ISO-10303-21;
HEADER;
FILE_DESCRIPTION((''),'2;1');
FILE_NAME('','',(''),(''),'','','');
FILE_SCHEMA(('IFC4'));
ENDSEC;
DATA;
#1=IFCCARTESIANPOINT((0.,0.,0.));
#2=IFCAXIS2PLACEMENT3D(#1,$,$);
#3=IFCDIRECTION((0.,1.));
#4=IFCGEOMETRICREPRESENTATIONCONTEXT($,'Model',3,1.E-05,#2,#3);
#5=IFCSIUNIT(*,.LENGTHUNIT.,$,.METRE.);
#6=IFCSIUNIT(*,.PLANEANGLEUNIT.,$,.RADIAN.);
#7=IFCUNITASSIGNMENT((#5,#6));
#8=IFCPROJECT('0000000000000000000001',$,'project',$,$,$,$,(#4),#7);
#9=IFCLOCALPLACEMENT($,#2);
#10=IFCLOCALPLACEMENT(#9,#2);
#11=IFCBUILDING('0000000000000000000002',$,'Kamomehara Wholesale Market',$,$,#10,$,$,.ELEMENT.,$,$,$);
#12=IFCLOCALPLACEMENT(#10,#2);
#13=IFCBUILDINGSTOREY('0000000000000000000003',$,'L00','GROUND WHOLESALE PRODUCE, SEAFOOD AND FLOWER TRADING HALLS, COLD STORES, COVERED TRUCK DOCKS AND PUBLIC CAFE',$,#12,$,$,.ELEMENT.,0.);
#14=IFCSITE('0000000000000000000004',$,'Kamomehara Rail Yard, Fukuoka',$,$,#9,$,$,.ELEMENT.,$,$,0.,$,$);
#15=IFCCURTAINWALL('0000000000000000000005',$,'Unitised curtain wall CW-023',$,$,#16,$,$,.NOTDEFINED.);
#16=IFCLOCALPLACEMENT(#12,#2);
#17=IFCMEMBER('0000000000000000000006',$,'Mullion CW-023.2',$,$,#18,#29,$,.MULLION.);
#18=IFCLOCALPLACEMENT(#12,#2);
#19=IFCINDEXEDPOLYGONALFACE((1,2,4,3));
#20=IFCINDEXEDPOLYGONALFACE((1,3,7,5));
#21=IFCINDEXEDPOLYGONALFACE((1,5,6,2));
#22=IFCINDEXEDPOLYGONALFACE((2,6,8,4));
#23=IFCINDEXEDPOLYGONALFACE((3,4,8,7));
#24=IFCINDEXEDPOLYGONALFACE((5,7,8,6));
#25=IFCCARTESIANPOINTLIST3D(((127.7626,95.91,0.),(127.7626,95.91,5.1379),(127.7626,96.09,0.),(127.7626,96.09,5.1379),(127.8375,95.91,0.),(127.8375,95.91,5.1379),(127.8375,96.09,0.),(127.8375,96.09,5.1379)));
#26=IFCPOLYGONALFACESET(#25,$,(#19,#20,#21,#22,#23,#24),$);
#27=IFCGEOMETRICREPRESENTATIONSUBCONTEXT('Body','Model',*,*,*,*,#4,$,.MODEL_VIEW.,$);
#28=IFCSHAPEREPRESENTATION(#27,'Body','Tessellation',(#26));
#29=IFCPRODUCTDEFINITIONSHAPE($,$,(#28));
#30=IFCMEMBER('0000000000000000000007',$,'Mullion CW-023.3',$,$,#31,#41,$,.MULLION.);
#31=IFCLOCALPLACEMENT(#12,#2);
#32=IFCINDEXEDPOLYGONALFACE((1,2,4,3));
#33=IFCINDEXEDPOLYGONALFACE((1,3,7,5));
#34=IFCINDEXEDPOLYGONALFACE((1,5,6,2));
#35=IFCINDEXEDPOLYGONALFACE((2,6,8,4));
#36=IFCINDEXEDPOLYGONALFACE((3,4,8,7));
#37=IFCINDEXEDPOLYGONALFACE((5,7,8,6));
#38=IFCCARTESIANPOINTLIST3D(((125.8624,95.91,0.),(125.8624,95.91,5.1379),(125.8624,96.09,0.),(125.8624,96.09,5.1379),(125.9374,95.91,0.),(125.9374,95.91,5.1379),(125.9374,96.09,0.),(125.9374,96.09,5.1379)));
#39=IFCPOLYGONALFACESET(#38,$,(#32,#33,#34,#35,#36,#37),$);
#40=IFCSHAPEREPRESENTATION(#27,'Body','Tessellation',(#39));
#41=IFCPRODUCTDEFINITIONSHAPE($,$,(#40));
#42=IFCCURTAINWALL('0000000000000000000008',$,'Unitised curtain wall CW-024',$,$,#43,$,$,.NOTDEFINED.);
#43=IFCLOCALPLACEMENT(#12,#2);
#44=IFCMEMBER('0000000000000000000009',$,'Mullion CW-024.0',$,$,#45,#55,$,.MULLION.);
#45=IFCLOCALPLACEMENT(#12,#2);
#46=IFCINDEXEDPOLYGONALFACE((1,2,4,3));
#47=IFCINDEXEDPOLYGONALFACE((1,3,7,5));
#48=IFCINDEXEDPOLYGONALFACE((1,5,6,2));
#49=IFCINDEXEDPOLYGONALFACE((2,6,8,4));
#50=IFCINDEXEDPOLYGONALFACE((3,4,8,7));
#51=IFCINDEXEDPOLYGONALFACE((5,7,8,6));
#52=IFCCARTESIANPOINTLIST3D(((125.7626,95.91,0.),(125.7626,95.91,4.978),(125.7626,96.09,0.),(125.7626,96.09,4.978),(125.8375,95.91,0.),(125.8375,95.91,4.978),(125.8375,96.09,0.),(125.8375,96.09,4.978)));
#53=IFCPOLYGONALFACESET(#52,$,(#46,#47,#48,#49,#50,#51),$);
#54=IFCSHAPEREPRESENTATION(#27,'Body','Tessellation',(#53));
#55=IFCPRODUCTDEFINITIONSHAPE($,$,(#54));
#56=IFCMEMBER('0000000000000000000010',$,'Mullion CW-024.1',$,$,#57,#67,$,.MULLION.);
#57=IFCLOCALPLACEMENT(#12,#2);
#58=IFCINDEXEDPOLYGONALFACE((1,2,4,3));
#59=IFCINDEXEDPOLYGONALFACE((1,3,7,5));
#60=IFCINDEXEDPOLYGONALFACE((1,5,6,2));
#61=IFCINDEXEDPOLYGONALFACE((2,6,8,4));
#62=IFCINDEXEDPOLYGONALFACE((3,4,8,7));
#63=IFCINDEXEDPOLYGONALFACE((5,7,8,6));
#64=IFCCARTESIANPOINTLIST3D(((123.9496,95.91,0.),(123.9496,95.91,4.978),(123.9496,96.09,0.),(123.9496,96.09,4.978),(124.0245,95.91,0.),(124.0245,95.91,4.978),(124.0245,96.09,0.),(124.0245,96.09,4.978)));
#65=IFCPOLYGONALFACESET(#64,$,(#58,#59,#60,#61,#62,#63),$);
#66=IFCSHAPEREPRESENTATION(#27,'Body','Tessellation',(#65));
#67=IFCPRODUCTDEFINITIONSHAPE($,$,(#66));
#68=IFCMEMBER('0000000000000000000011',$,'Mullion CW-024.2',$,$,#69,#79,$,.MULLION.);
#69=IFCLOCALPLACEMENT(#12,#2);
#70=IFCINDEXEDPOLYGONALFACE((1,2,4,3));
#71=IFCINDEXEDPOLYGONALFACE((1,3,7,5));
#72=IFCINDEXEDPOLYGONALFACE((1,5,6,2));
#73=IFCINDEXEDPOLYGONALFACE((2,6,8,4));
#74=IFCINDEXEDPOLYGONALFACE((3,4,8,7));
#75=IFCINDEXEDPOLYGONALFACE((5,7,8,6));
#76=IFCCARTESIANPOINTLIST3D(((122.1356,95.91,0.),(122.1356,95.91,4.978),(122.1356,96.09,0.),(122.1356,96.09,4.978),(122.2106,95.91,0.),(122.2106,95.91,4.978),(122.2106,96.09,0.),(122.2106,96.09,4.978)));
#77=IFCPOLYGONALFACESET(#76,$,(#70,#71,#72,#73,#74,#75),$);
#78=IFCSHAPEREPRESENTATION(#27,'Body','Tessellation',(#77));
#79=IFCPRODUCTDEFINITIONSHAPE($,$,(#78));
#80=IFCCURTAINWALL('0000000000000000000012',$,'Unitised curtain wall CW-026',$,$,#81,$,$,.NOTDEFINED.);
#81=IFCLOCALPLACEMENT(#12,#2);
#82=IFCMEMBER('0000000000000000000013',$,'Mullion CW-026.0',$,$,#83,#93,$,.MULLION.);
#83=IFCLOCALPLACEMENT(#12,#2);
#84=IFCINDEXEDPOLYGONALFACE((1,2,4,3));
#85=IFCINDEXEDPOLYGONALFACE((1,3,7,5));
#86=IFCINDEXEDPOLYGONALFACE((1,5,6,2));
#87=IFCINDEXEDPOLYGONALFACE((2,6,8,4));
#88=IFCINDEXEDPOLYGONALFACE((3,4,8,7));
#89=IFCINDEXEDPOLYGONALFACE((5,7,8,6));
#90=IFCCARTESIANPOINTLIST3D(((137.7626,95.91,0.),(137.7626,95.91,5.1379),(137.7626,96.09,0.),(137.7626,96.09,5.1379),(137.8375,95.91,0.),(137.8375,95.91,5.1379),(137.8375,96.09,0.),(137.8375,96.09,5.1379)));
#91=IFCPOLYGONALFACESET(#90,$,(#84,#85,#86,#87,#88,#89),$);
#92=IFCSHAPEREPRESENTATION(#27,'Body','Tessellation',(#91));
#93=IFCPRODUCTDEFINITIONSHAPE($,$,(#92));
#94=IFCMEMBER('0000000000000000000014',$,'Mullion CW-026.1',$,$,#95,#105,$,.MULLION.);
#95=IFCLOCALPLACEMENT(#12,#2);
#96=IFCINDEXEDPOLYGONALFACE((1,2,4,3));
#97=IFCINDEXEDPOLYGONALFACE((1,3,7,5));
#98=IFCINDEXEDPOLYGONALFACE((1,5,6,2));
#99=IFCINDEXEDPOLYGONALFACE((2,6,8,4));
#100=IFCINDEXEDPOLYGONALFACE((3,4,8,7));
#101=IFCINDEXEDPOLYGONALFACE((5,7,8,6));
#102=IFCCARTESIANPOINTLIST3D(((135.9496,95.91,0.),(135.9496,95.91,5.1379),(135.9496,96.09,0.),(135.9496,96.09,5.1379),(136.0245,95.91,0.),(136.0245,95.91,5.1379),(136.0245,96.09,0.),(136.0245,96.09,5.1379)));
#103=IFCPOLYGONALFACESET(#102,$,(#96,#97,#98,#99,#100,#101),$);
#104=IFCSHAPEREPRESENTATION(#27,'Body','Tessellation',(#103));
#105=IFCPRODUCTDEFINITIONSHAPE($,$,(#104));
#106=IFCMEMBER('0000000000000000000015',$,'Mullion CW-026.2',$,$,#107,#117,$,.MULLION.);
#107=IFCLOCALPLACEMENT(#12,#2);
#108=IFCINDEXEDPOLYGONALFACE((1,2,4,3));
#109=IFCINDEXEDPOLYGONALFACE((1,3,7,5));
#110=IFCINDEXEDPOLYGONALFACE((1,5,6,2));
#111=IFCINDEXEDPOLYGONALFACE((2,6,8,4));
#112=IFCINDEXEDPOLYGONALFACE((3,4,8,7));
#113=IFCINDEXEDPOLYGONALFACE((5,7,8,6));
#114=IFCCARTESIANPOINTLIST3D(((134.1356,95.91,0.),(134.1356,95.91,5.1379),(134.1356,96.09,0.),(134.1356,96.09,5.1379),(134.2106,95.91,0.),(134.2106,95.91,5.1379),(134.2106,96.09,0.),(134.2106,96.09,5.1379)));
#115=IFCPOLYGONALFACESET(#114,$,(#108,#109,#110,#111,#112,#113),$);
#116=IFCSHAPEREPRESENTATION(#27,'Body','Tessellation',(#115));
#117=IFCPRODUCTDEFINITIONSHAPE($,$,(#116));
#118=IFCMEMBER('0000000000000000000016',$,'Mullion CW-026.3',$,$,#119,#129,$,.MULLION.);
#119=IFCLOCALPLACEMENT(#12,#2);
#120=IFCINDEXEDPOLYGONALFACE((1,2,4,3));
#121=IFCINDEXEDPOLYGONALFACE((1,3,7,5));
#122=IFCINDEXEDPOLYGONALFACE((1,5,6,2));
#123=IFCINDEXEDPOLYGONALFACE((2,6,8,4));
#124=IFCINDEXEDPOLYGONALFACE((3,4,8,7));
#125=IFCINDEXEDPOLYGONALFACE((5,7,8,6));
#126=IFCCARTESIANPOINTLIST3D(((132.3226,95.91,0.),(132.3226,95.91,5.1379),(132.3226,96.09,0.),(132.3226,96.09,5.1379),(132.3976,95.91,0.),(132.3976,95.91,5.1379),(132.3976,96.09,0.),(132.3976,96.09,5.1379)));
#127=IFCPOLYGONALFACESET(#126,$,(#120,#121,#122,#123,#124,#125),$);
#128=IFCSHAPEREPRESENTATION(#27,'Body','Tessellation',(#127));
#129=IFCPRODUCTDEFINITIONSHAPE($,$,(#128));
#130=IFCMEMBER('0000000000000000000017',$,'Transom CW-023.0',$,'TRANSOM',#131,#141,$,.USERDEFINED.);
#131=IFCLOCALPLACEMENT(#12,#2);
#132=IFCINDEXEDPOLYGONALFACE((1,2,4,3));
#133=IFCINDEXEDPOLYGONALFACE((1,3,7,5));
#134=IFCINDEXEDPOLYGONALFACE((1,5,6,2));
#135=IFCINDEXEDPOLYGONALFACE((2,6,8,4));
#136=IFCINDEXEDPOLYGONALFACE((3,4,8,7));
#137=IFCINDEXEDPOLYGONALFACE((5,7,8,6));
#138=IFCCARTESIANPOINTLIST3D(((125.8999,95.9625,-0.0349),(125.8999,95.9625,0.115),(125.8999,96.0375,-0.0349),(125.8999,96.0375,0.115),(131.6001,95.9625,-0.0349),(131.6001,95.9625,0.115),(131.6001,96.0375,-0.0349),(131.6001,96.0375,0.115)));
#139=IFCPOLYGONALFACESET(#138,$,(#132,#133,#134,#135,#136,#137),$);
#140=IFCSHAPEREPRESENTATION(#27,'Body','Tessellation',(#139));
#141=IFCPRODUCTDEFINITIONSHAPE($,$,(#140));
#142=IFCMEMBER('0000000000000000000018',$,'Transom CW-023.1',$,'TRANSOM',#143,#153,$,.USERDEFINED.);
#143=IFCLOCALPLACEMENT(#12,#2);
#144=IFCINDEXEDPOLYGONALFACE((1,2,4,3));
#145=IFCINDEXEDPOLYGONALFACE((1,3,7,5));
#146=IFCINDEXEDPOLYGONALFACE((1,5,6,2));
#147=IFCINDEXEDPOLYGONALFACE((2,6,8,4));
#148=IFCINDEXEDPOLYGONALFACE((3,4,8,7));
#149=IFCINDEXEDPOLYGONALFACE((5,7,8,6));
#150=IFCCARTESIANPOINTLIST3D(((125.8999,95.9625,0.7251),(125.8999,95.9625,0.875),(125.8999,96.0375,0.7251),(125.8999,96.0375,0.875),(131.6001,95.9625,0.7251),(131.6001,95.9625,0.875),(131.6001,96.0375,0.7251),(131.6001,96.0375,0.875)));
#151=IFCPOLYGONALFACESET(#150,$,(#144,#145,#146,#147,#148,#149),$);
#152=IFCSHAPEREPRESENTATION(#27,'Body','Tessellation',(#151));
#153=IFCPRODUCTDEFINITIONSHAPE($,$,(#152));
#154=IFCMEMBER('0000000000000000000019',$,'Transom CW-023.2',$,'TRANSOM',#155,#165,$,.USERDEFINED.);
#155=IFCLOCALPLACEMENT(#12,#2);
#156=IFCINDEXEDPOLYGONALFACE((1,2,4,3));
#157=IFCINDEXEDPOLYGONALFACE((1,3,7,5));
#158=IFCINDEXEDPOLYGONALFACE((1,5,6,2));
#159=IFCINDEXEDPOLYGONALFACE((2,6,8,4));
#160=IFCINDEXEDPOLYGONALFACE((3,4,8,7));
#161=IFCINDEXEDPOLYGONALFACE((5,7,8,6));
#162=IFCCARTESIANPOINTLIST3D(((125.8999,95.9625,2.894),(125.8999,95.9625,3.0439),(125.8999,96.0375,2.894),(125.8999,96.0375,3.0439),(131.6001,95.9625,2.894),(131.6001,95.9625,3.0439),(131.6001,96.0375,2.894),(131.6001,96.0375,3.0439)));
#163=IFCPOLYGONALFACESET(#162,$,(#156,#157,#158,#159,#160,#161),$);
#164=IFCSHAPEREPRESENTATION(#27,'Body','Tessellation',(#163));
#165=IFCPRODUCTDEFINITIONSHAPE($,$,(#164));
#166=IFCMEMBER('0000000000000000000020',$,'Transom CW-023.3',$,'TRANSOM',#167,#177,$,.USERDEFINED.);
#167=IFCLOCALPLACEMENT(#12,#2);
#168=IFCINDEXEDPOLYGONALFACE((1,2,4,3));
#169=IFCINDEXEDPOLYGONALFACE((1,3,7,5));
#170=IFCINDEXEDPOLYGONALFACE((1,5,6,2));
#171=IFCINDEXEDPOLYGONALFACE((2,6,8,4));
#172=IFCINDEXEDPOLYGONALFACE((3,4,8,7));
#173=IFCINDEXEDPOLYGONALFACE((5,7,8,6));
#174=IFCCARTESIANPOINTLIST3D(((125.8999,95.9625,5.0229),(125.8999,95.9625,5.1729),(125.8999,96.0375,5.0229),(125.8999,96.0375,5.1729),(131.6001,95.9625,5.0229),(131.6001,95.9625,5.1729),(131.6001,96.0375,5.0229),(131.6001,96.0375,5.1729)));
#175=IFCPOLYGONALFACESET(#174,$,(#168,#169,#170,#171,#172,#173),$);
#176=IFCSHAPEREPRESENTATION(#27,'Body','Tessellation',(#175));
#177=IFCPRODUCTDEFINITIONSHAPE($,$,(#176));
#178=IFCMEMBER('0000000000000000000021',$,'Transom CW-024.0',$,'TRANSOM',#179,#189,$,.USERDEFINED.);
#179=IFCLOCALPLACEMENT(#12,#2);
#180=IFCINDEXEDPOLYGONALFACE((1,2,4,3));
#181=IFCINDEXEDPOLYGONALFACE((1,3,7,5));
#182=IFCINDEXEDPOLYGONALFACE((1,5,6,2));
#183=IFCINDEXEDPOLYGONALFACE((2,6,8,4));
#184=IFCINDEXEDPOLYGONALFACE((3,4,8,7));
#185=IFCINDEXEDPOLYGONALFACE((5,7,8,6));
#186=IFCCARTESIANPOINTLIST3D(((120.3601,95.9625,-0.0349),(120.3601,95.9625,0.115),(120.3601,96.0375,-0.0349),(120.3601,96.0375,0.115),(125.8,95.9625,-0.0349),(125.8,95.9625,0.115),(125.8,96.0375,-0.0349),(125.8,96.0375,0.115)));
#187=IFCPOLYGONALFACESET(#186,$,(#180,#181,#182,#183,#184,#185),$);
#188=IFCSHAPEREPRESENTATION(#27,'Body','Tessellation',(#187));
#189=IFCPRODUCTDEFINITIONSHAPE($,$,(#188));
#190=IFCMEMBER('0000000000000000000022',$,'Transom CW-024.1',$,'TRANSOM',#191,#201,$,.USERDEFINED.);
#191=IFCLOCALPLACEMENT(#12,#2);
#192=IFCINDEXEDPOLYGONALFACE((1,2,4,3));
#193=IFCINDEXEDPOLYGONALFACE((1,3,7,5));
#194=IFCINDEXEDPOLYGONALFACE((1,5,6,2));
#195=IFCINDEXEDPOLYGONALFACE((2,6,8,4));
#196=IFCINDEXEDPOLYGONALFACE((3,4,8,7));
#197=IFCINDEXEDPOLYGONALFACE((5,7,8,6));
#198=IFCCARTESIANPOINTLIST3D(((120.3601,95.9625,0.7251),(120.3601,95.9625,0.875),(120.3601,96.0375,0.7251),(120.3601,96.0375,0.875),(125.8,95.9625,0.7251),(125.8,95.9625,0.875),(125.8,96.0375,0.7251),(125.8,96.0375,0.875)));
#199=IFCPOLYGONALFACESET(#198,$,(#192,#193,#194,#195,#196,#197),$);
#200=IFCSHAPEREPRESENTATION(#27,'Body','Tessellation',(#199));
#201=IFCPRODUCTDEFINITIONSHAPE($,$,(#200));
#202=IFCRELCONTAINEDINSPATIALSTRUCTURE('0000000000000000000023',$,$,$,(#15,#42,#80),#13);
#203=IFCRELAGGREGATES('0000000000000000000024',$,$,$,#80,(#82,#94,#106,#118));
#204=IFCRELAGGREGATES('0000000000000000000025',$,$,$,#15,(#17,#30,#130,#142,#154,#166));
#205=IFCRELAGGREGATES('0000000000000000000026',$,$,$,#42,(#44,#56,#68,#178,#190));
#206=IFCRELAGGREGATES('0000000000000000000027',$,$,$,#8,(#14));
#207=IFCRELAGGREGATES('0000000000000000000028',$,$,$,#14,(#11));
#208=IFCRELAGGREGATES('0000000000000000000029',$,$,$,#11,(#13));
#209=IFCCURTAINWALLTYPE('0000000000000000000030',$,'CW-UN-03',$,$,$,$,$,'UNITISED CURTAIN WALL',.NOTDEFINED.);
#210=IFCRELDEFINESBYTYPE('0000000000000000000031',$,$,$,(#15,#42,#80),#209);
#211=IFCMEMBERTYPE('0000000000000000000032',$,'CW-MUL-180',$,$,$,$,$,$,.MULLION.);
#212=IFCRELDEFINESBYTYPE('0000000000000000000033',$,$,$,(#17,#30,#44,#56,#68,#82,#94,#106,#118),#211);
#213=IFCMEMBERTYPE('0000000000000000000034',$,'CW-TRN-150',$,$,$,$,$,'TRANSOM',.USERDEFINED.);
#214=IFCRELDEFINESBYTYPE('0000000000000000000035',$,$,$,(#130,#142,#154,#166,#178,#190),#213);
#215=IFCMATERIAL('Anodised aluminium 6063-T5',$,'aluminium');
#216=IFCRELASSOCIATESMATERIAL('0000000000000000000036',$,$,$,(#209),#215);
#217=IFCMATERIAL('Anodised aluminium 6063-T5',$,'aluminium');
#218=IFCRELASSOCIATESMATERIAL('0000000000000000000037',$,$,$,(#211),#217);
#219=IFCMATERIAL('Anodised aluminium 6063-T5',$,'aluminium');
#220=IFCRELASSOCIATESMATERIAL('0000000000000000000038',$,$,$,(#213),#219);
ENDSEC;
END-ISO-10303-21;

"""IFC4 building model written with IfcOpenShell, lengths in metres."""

from ifc_helpers import new_model, si_unit, direction, frame, origin, origin_2d, place, context, subcontext, project, spatial, rectangle, extrude, material, material_profile, profile_set, type_object, element, aggregate, save


model = new_model("IFC4")

# Units and contexts
model_context = context("Model", 3, precision=1e-05, world=origin(), true_north=direction((0.0, 1.0)))
body_context = subcontext(model_context, "Body", "Model", "MODEL_VIEW")
ifc_project = project(units=[si_unit("LENGTHUNIT", "METRE"), si_unit("PLANEANGLEUNIT", "RADIAN")], contexts=[model_context])

# Site, building, storey
site_placement = place(None, origin())
site = spatial("IfcSite", under=ifc_project, at=site_placement, Name="Kamomehara Rail Yard, Fukuoka", CompositionType="ELEMENT", RefElevation=0.0)
building_placement = place(site_placement, origin())
building = spatial("IfcBuilding", under=site, at=building_placement, Name="Kamomehara Wholesale Market", CompositionType="ELEMENT")
storey_placement = place(building_placement, origin())
storey = spatial("IfcBuildingStorey", under=building, at=storey_placement, Name="L00", Description="GROUND WHOLESALE PRODUCE, SEAFOOD AND FLOWER TRADING HALLS, COLD STORES, COVERED TRUCK DOCKS AND PUBLIC CAFE", CompositionType="ELEMENT", Elevation=0.0)

# Curtain walls, members
ifc_material_1 = material(Name="Anodised aluminium 6063-T5", Category="aluminium")
curtain_wall_type = type_object("IfcCurtainWallType", Name="CW-UN-03", ElementType="UNITISED CURTAIN WALL", PredefinedType="NOTDEFINED", material=ifc_material_1)
curtain_wall_1_placement = place(storey_placement, origin())
curtain_wall_1 = element("IfcCurtainWall", 1, at=curtain_wall_1_placement, inside=storey, type_object=curtain_wall_type, Name="Unitised curtain wall CW-023", PredefinedType="NOTDEFINED")
ifc_material_2 = material(Name="Anodised aluminium 6063-T5", Category="aluminium")
ifc_material_profile_1 = material_profile(ifc_material_2, rectangle(XDim=0.075, YDim=0.1799, at=origin_2d()), Name="ALU-MUL-75x180")
ifc_profile_set_1 = profile_set([ifc_material_profile_1], Name="Anodised aluminium 6063-T5")
member_type_1 = type_object("IfcMemberType", Name="CW-MUL-180", PredefinedType="MULLION", material=ifc_profile_set_1)
member_1_placement = place(storey_placement, frame((127.8, 96.0, 0.0), z_axis=(0.0, 0.0, 1.0), x_axis=(-1.0, 0.0, 0.0)))
member_1 = element("IfcMember", 2, at=member_1_placement, type_object=member_type_1, Name="Mullion CW-023.2", PredefinedType="MULLION", context=body_context, shape_type="SweptSolid", body=[
    extrude(rectangle(XDim=0.075, YDim=0.1799, at=origin_2d()), origin(), (0.0, 0.0, 1.0), 5.1379),
])
member_2_placement = place(storey_placement, frame((125.8999, 96.0, 0.0), z_axis=(0.0, 0.0, 1.0), x_axis=(-1.0, 0.0, 0.0)))
member_2 = element("IfcMember", 3, at=member_2_placement, type_object=member_type_1, Name="Mullion CW-023.3", PredefinedType="MULLION", context=body_context, shape_type="SweptSolid", body=[
    extrude(rectangle(XDim=0.075, YDim=0.1799, at=origin_2d()), origin(), (0.0, 0.0, 1.0), 5.1379),
])
curtain_wall_2_placement = place(storey_placement, origin())
curtain_wall_2 = element("IfcCurtainWall", 4, at=curtain_wall_2_placement, inside=storey, type_object=curtain_wall_type, Name="Unitised curtain wall CW-024", PredefinedType="NOTDEFINED")
member_3_placement = place(storey_placement, frame((125.8, 96.0, 0.0), z_axis=(0.0, 0.0, 1.0), x_axis=(-1.0, 0.0, 0.0)))
member_3 = element("IfcMember", 5, at=member_3_placement, type_object=member_type_1, Name="Mullion CW-024.0", PredefinedType="MULLION", context=body_context, shape_type="SweptSolid", body=[
    extrude(rectangle(XDim=0.075, YDim=0.1799, at=origin_2d()), origin(), (0.0, 0.0, 1.0), 4.978),
])
member_4_placement = place(storey_placement, frame((123.9871, 96.0, 0.0), z_axis=(0.0, 0.0, 1.0), x_axis=(-1.0, 0.0, 0.0)))
member_4 = element("IfcMember", 6, at=member_4_placement, type_object=member_type_1, Name="Mullion CW-024.1", PredefinedType="MULLION", context=body_context, shape_type="SweptSolid", body=[
    extrude(rectangle(XDim=0.075, YDim=0.1799, at=origin_2d()), origin(), (0.0, 0.0, 1.0), 4.978),
])
member_5_placement = place(storey_placement, frame((122.1731, 96.0, 0.0), z_axis=(0.0, 0.0, 1.0), x_axis=(-1.0, 0.0, 0.0)))
member_5 = element("IfcMember", 7, at=member_5_placement, type_object=member_type_1, Name="Mullion CW-024.2", PredefinedType="MULLION", context=body_context, shape_type="SweptSolid", body=[
    extrude(rectangle(XDim=0.075, YDim=0.1799, at=origin_2d()), origin(), (0.0, 0.0, 1.0), 4.978),
])
curtain_wall_3_placement = place(storey_placement, origin())
curtain_wall_3 = element("IfcCurtainWall", 8, at=curtain_wall_3_placement, inside=storey, type_object=curtain_wall_type, Name="Unitised curtain wall CW-026", PredefinedType="NOTDEFINED")
member_6_placement = place(storey_placement, frame((137.8, 96.0, 0.0), z_axis=(0.0, 0.0, 1.0), x_axis=(-1.0, 0.0, 0.0)))
member_6 = element("IfcMember", 9, at=member_6_placement, type_object=member_type_1, Name="Mullion CW-026.0", PredefinedType="MULLION", context=body_context, shape_type="SweptSolid", body=[
    extrude(rectangle(XDim=0.075, YDim=0.1799, at=origin_2d()), origin(), (0.0, 0.0, 1.0), 5.1379),
])
member_7_placement = place(storey_placement, frame((135.9871, 96.0, 0.0), z_axis=(0.0, 0.0, 1.0), x_axis=(-1.0, 0.0, 0.0)))
member_7 = element("IfcMember", 10, at=member_7_placement, type_object=member_type_1, Name="Mullion CW-026.1", PredefinedType="MULLION", context=body_context, shape_type="SweptSolid", body=[
    extrude(rectangle(XDim=0.075, YDim=0.1799, at=origin_2d()), origin(), (0.0, 0.0, 1.0), 5.1379),
])
member_8_placement = place(storey_placement, frame((134.1731, 96.0, 0.0), z_axis=(0.0, 0.0, 1.0), x_axis=(-1.0, 0.0, 0.0)))
member_8 = element("IfcMember", 11, at=member_8_placement, type_object=member_type_1, Name="Mullion CW-026.2", PredefinedType="MULLION", context=body_context, shape_type="SweptSolid", body=[
    extrude(rectangle(XDim=0.075, YDim=0.1799, at=origin_2d()), origin(), (0.0, 0.0, 1.0), 5.1379),
])
member_9_placement = place(storey_placement, frame((132.3601, 96.0, 0.0), z_axis=(0.0, 0.0, 1.0), x_axis=(-1.0, 0.0, 0.0)))
member_9 = element("IfcMember", 12, at=member_9_placement, type_object=member_type_1, Name="Mullion CW-026.3", PredefinedType="MULLION", context=body_context, shape_type="SweptSolid", body=[
    extrude(rectangle(XDim=0.075, YDim=0.1799, at=origin_2d()), origin(), (0.0, 0.0, 1.0), 5.1379),
])
aggregate(curtain_wall_3, [member_6, member_7, member_8, member_9])

# Members
ifc_material_3 = material(Name="Anodised aluminium 6063-T5", Category="aluminium")
ifc_material_profile_2 = material_profile(ifc_material_3, rectangle(XDim=0.075, YDim=0.1499, at=origin_2d()), Name="ALU-TRN-75x150")
ifc_profile_set_2 = profile_set([ifc_material_profile_2], Name="Anodised aluminium 6063-T5")
member_type_2 = type_object("IfcMemberType", Name="CW-TRN-150", ElementType="TRANSOM", PredefinedType="USERDEFINED", material=ifc_profile_set_2)
member_10_placement = place(storey_placement, frame((131.6001, 96.0, 0.04), z_axis=(-1.0, 0.0, 0.0), x_axis=(0.0, -1.0, 0.0)))
member_10 = element("IfcMember", 13, at=member_10_placement, type_object=member_type_2, Name="Transom CW-023.0", ObjectType="TRANSOM", PredefinedType="USERDEFINED", context=body_context, shape_type="SweptSolid", body=[
    extrude(rectangle(XDim=0.075, YDim=0.1499, at=origin_2d()), origin(), (0.0, 0.0, 1.0), 5.7002),
])
member_11_placement = place(storey_placement, frame((131.6001, 96.0, 0.8), z_axis=(-1.0, 0.0, 0.0), x_axis=(0.0, -1.0, 0.0)))
member_11 = element("IfcMember", 14, at=member_11_placement, type_object=member_type_2, Name="Transom CW-023.1", ObjectType="TRANSOM", PredefinedType="USERDEFINED", context=body_context, shape_type="SweptSolid", body=[
    extrude(rectangle(XDim=0.075, YDim=0.1499, at=origin_2d()), origin(), (0.0, 0.0, 1.0), 5.7002),
])
member_12_placement = place(storey_placement, frame((131.6001, 96.0, 2.969), z_axis=(-1.0, 0.0, 0.0), x_axis=(0.0, -1.0, 0.0)))
member_12 = element("IfcMember", 15, at=member_12_placement, type_object=member_type_2, Name="Transom CW-023.2", ObjectType="TRANSOM", PredefinedType="USERDEFINED", context=body_context, shape_type="SweptSolid", body=[
    extrude(rectangle(XDim=0.075, YDim=0.1499, at=origin_2d()), origin(), (0.0, 0.0, 1.0), 5.7002),
])
member_13_placement = place(storey_placement, frame((131.6001, 96.0, 5.0979), z_axis=(-1.0, 0.0, 0.0), x_axis=(0.0, -1.0, 0.0)))
member_13 = element("IfcMember", 16, at=member_13_placement, type_object=member_type_2, Name="Transom CW-023.3", ObjectType="TRANSOM", PredefinedType="USERDEFINED", context=body_context, shape_type="SweptSolid", body=[
    extrude(rectangle(XDim=0.075, YDim=0.1499, at=origin_2d()), origin(), (0.0, 0.0, 1.0), 5.7002),
])
aggregate(curtain_wall_1, [member_1, member_2, member_10, member_11, member_12, member_13])
member_14_placement = place(storey_placement, frame((125.8, 96.0, 0.04), z_axis=(-1.0, 0.0, 0.0), x_axis=(0.0, -1.0, 0.0)))
member_14 = element("IfcMember", 17, at=member_14_placement, type_object=member_type_2, Name="Transom CW-024.0", ObjectType="TRANSOM", PredefinedType="USERDEFINED", context=body_context, shape_type="SweptSolid", body=[
    extrude(rectangle(XDim=0.075, YDim=0.1499, at=origin_2d()), origin(), (0.0, 0.0, 1.0), 5.4399),
])
member_15_placement = place(storey_placement, frame((125.8, 96.0, 0.8), z_axis=(-1.0, 0.0, 0.0), x_axis=(0.0, -1.0, 0.0)))
member_15 = element("IfcMember", 18, at=member_15_placement, type_object=member_type_2, Name="Transom CW-024.1", ObjectType="TRANSOM", PredefinedType="USERDEFINED", context=body_context, shape_type="SweptSolid", body=[
    extrude(rectangle(XDim=0.075, YDim=0.1499, at=origin_2d()), origin(), (0.0, 0.0, 1.0), 5.4399),
])
aggregate(curtain_wall_2, [member_3, member_4, member_5, member_14, member_15])

save(model, "model.ifc")
